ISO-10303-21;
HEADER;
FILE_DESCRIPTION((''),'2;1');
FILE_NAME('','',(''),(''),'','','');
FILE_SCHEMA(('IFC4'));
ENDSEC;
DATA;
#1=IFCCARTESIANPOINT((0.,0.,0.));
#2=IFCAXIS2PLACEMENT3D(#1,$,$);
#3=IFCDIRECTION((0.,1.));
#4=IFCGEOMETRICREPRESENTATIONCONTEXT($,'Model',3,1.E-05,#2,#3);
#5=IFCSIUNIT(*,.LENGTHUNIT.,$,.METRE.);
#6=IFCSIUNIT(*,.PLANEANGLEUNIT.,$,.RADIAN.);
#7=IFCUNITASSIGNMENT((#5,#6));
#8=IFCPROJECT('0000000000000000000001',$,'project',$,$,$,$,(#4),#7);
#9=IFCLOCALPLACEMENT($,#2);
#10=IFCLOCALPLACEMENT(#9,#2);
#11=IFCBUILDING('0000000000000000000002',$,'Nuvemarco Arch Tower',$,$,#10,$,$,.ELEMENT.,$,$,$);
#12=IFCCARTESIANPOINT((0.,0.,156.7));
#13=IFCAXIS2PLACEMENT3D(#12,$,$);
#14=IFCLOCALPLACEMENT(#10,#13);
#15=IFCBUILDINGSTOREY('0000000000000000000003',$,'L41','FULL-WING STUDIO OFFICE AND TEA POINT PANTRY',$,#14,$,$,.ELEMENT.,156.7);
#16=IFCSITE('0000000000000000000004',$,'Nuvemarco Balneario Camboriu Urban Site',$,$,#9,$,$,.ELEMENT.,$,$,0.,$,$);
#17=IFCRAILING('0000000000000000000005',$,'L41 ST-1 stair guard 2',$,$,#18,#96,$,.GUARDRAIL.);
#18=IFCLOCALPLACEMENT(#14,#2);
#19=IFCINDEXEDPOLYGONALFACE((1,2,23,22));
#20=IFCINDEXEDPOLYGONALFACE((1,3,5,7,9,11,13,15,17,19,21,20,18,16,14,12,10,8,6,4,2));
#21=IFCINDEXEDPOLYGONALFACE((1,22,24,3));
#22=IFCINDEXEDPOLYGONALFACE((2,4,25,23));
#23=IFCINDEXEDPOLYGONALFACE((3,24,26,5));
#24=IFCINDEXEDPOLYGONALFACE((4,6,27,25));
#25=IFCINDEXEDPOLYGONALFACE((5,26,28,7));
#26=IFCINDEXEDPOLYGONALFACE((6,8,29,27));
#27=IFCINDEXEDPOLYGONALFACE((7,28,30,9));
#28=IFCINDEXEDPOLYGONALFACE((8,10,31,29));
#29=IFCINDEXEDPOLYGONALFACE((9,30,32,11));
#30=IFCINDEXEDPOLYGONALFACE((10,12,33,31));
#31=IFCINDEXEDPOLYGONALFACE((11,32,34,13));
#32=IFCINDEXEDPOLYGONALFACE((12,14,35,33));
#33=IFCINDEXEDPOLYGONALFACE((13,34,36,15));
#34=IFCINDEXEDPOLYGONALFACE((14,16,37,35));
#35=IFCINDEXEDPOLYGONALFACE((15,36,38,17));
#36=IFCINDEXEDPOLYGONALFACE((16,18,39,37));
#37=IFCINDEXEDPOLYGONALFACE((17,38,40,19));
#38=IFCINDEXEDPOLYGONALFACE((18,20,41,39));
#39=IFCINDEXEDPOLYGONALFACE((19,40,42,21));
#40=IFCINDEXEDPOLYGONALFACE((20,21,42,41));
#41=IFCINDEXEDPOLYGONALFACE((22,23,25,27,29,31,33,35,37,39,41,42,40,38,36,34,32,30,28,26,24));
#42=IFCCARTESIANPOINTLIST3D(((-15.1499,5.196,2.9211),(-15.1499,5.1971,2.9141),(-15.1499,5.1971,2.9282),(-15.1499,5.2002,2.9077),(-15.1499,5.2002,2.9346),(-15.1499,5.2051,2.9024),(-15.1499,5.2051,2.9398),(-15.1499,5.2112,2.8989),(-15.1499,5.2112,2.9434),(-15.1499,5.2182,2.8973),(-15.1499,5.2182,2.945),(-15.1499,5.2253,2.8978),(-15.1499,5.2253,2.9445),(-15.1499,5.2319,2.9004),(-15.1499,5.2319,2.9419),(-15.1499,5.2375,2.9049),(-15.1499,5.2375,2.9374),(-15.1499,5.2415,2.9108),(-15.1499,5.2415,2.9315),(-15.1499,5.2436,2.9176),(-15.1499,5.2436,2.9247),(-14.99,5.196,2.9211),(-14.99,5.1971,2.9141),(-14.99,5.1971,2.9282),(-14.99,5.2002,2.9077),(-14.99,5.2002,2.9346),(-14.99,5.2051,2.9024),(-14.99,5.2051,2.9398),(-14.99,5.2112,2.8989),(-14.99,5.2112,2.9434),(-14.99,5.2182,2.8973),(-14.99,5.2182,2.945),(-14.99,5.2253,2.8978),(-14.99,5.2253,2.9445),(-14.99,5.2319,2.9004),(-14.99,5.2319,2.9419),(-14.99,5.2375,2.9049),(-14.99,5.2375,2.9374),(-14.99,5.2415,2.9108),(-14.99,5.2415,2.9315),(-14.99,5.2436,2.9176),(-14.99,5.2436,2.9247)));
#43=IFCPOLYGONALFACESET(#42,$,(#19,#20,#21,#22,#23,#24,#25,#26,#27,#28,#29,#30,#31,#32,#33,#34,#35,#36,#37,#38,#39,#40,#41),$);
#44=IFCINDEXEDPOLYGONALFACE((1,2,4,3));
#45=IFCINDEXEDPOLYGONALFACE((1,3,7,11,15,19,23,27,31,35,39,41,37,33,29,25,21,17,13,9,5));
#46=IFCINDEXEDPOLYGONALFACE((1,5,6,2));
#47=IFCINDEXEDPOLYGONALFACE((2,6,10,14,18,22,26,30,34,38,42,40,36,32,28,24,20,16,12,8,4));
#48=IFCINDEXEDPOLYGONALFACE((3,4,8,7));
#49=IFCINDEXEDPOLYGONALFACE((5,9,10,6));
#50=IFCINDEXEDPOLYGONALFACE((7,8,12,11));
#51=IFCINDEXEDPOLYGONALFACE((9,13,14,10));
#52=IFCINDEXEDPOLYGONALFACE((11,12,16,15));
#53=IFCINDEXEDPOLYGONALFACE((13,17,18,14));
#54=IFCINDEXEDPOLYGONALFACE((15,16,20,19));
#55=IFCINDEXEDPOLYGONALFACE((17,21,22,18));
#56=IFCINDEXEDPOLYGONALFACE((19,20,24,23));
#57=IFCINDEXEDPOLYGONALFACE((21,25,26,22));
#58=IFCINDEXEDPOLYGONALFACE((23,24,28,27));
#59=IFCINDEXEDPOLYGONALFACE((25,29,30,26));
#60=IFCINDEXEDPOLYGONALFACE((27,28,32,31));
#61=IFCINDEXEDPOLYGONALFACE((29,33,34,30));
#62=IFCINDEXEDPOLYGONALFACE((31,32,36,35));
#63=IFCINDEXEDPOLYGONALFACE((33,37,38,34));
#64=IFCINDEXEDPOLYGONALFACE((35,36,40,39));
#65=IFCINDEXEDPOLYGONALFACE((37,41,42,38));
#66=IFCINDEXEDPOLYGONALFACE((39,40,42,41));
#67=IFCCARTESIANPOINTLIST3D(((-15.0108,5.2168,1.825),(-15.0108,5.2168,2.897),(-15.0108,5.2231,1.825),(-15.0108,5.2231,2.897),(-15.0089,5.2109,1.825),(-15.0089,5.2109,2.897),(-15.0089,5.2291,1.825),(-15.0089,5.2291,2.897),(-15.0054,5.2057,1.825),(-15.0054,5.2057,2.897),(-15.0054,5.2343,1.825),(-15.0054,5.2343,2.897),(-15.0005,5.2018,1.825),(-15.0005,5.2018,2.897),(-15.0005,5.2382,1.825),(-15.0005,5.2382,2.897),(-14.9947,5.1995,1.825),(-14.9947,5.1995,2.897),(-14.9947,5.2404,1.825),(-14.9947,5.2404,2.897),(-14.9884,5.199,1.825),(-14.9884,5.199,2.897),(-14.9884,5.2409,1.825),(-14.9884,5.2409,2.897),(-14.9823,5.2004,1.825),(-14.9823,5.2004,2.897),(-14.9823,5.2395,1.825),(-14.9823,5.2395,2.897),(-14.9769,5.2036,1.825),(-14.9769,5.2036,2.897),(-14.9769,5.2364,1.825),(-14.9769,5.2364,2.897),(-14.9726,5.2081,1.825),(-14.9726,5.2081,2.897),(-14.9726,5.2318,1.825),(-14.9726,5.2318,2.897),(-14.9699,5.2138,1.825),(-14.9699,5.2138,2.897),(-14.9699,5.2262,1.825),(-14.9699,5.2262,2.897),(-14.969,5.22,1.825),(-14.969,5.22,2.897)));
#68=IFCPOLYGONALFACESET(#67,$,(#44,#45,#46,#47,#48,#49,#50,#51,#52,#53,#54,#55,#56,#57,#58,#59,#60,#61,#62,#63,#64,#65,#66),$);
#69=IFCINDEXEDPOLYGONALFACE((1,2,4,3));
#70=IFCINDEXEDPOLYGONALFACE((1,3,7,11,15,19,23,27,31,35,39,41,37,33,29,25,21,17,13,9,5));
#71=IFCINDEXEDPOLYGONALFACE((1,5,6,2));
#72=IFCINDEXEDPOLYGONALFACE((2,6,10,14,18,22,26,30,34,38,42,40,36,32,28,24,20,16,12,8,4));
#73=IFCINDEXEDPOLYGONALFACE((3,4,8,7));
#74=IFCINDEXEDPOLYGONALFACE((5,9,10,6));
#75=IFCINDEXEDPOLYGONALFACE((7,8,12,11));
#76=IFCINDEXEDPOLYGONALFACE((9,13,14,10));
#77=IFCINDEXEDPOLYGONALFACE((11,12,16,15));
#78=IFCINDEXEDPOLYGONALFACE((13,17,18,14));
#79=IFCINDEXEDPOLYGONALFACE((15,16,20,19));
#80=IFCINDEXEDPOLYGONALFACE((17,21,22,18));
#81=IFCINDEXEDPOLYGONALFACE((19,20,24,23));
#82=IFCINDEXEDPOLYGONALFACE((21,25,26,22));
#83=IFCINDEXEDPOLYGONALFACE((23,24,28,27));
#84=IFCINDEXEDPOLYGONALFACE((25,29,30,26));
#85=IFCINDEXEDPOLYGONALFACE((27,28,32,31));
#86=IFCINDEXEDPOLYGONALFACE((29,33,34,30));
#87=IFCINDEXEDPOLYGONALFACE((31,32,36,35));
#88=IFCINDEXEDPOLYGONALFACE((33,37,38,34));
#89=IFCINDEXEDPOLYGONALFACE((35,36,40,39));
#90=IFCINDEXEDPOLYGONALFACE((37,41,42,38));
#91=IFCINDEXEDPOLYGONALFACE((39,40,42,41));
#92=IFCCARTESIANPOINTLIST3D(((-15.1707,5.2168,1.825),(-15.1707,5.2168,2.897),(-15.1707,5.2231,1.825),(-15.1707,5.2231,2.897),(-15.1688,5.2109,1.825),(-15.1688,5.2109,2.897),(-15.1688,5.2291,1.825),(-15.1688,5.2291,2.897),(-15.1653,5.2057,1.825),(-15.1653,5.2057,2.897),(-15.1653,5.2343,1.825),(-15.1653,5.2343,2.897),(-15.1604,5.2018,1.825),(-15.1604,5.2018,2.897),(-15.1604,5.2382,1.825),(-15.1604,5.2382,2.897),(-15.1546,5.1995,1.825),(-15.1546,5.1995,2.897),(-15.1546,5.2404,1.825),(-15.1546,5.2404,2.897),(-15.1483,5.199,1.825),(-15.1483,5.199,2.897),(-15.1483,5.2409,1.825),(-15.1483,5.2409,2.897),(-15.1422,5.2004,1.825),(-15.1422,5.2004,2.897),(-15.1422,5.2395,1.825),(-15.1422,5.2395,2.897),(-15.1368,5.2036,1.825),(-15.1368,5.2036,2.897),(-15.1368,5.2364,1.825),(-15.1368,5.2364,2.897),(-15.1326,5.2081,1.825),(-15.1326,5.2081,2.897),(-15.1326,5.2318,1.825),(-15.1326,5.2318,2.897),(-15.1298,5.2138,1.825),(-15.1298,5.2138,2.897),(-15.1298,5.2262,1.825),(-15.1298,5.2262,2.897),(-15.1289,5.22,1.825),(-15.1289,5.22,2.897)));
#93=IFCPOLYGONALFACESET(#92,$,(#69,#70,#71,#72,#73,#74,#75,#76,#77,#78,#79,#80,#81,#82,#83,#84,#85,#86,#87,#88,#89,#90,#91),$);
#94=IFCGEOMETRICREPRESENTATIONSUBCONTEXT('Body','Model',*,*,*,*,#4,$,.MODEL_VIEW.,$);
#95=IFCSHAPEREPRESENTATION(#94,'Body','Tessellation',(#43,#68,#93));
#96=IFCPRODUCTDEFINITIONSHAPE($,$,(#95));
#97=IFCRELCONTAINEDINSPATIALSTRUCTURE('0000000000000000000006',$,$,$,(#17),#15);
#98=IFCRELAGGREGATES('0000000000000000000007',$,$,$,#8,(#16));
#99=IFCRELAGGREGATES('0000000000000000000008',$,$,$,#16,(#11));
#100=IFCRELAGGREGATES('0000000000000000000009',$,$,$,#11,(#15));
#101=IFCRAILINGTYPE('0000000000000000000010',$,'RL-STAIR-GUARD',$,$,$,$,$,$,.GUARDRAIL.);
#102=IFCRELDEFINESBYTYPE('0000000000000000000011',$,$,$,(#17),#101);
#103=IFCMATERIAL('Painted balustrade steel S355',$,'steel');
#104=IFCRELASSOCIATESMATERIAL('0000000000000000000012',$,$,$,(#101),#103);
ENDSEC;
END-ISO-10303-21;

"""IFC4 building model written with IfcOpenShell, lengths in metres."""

from ifc_helpers import new_model, si_unit, direction, frame, origin, origin_2d, place, context, subcontext, project, spatial, circle, extrude, material, type_object, element, save


model = new_model("IFC4")

# Units and contexts
model_context = context("Model", 3, precision=1e-05, world=origin(), true_north=direction((0.0, 1.0)))
body_context = subcontext(model_context, "Body", "Model", "MODEL_VIEW")
ifc_project = project(units=[si_unit("LENGTHUNIT", "METRE"), si_unit("PLANEANGLEUNIT", "RADIAN")], contexts=[model_context])

# Site, building, storey
site_placement = place(None, origin())
site = spatial("IfcSite", under=ifc_project, at=site_placement, Name="Nuvemarco Balneario Camboriu Urban Site", CompositionType="ELEMENT", RefElevation=0.0)
building_placement = place(site_placement, origin())
building = spatial("IfcBuilding", under=site, at=building_placement, Name="Nuvemarco Arch Tower", CompositionType="ELEMENT")
storey_placement = place(building_placement, frame((0.0, 0.0, 156.7)))
storey = spatial("IfcBuildingStorey", under=building, at=storey_placement, Name="L41", Description="FULL-WING STUDIO OFFICE AND TEA POINT PANTRY", CompositionType="ELEMENT", Elevation=156.7)

# Railing
ifc_material_1 = material(Name="Painted balustrade steel S355", Category="steel")
railing_type_1 = type_object("IfcRailingType", Name="RL-STAIR-GUARD", PredefinedType="GUARDRAIL", material=ifc_material_1)
railing_1_placement = place(storey_placement, frame((-14.99, 5.22, 1.825)))
element("IfcRailing", 1, at=railing_1_placement, inside=storey, type_object=railing_type_1, Name="L41 ST-1 stair guard 2", PredefinedType="GUARDRAIL", context=body_context, shape_type="SweptSolid", body=[
    extrude(circle(Radius=0.0239, at=origin_2d()), frame((0.0, 0.0, 1.0962), z_axis=(-1.0, 0.0, 0.0), x_axis=(0.0, -1.0, 0.0)), (0.0, 0.0, 1.0), 0.1599),
    extrude(circle(Radius=0.021, at=origin_2d()), origin(), (0.0, 0.0, 1.0), 1.072),
    extrude(circle(Radius=0.021, at=origin_2d()), frame((-0.1599, 0.0, 0.0)), (0.0, 0.0, 1.0), 1.072),
])

save(model, "model.ifc")
